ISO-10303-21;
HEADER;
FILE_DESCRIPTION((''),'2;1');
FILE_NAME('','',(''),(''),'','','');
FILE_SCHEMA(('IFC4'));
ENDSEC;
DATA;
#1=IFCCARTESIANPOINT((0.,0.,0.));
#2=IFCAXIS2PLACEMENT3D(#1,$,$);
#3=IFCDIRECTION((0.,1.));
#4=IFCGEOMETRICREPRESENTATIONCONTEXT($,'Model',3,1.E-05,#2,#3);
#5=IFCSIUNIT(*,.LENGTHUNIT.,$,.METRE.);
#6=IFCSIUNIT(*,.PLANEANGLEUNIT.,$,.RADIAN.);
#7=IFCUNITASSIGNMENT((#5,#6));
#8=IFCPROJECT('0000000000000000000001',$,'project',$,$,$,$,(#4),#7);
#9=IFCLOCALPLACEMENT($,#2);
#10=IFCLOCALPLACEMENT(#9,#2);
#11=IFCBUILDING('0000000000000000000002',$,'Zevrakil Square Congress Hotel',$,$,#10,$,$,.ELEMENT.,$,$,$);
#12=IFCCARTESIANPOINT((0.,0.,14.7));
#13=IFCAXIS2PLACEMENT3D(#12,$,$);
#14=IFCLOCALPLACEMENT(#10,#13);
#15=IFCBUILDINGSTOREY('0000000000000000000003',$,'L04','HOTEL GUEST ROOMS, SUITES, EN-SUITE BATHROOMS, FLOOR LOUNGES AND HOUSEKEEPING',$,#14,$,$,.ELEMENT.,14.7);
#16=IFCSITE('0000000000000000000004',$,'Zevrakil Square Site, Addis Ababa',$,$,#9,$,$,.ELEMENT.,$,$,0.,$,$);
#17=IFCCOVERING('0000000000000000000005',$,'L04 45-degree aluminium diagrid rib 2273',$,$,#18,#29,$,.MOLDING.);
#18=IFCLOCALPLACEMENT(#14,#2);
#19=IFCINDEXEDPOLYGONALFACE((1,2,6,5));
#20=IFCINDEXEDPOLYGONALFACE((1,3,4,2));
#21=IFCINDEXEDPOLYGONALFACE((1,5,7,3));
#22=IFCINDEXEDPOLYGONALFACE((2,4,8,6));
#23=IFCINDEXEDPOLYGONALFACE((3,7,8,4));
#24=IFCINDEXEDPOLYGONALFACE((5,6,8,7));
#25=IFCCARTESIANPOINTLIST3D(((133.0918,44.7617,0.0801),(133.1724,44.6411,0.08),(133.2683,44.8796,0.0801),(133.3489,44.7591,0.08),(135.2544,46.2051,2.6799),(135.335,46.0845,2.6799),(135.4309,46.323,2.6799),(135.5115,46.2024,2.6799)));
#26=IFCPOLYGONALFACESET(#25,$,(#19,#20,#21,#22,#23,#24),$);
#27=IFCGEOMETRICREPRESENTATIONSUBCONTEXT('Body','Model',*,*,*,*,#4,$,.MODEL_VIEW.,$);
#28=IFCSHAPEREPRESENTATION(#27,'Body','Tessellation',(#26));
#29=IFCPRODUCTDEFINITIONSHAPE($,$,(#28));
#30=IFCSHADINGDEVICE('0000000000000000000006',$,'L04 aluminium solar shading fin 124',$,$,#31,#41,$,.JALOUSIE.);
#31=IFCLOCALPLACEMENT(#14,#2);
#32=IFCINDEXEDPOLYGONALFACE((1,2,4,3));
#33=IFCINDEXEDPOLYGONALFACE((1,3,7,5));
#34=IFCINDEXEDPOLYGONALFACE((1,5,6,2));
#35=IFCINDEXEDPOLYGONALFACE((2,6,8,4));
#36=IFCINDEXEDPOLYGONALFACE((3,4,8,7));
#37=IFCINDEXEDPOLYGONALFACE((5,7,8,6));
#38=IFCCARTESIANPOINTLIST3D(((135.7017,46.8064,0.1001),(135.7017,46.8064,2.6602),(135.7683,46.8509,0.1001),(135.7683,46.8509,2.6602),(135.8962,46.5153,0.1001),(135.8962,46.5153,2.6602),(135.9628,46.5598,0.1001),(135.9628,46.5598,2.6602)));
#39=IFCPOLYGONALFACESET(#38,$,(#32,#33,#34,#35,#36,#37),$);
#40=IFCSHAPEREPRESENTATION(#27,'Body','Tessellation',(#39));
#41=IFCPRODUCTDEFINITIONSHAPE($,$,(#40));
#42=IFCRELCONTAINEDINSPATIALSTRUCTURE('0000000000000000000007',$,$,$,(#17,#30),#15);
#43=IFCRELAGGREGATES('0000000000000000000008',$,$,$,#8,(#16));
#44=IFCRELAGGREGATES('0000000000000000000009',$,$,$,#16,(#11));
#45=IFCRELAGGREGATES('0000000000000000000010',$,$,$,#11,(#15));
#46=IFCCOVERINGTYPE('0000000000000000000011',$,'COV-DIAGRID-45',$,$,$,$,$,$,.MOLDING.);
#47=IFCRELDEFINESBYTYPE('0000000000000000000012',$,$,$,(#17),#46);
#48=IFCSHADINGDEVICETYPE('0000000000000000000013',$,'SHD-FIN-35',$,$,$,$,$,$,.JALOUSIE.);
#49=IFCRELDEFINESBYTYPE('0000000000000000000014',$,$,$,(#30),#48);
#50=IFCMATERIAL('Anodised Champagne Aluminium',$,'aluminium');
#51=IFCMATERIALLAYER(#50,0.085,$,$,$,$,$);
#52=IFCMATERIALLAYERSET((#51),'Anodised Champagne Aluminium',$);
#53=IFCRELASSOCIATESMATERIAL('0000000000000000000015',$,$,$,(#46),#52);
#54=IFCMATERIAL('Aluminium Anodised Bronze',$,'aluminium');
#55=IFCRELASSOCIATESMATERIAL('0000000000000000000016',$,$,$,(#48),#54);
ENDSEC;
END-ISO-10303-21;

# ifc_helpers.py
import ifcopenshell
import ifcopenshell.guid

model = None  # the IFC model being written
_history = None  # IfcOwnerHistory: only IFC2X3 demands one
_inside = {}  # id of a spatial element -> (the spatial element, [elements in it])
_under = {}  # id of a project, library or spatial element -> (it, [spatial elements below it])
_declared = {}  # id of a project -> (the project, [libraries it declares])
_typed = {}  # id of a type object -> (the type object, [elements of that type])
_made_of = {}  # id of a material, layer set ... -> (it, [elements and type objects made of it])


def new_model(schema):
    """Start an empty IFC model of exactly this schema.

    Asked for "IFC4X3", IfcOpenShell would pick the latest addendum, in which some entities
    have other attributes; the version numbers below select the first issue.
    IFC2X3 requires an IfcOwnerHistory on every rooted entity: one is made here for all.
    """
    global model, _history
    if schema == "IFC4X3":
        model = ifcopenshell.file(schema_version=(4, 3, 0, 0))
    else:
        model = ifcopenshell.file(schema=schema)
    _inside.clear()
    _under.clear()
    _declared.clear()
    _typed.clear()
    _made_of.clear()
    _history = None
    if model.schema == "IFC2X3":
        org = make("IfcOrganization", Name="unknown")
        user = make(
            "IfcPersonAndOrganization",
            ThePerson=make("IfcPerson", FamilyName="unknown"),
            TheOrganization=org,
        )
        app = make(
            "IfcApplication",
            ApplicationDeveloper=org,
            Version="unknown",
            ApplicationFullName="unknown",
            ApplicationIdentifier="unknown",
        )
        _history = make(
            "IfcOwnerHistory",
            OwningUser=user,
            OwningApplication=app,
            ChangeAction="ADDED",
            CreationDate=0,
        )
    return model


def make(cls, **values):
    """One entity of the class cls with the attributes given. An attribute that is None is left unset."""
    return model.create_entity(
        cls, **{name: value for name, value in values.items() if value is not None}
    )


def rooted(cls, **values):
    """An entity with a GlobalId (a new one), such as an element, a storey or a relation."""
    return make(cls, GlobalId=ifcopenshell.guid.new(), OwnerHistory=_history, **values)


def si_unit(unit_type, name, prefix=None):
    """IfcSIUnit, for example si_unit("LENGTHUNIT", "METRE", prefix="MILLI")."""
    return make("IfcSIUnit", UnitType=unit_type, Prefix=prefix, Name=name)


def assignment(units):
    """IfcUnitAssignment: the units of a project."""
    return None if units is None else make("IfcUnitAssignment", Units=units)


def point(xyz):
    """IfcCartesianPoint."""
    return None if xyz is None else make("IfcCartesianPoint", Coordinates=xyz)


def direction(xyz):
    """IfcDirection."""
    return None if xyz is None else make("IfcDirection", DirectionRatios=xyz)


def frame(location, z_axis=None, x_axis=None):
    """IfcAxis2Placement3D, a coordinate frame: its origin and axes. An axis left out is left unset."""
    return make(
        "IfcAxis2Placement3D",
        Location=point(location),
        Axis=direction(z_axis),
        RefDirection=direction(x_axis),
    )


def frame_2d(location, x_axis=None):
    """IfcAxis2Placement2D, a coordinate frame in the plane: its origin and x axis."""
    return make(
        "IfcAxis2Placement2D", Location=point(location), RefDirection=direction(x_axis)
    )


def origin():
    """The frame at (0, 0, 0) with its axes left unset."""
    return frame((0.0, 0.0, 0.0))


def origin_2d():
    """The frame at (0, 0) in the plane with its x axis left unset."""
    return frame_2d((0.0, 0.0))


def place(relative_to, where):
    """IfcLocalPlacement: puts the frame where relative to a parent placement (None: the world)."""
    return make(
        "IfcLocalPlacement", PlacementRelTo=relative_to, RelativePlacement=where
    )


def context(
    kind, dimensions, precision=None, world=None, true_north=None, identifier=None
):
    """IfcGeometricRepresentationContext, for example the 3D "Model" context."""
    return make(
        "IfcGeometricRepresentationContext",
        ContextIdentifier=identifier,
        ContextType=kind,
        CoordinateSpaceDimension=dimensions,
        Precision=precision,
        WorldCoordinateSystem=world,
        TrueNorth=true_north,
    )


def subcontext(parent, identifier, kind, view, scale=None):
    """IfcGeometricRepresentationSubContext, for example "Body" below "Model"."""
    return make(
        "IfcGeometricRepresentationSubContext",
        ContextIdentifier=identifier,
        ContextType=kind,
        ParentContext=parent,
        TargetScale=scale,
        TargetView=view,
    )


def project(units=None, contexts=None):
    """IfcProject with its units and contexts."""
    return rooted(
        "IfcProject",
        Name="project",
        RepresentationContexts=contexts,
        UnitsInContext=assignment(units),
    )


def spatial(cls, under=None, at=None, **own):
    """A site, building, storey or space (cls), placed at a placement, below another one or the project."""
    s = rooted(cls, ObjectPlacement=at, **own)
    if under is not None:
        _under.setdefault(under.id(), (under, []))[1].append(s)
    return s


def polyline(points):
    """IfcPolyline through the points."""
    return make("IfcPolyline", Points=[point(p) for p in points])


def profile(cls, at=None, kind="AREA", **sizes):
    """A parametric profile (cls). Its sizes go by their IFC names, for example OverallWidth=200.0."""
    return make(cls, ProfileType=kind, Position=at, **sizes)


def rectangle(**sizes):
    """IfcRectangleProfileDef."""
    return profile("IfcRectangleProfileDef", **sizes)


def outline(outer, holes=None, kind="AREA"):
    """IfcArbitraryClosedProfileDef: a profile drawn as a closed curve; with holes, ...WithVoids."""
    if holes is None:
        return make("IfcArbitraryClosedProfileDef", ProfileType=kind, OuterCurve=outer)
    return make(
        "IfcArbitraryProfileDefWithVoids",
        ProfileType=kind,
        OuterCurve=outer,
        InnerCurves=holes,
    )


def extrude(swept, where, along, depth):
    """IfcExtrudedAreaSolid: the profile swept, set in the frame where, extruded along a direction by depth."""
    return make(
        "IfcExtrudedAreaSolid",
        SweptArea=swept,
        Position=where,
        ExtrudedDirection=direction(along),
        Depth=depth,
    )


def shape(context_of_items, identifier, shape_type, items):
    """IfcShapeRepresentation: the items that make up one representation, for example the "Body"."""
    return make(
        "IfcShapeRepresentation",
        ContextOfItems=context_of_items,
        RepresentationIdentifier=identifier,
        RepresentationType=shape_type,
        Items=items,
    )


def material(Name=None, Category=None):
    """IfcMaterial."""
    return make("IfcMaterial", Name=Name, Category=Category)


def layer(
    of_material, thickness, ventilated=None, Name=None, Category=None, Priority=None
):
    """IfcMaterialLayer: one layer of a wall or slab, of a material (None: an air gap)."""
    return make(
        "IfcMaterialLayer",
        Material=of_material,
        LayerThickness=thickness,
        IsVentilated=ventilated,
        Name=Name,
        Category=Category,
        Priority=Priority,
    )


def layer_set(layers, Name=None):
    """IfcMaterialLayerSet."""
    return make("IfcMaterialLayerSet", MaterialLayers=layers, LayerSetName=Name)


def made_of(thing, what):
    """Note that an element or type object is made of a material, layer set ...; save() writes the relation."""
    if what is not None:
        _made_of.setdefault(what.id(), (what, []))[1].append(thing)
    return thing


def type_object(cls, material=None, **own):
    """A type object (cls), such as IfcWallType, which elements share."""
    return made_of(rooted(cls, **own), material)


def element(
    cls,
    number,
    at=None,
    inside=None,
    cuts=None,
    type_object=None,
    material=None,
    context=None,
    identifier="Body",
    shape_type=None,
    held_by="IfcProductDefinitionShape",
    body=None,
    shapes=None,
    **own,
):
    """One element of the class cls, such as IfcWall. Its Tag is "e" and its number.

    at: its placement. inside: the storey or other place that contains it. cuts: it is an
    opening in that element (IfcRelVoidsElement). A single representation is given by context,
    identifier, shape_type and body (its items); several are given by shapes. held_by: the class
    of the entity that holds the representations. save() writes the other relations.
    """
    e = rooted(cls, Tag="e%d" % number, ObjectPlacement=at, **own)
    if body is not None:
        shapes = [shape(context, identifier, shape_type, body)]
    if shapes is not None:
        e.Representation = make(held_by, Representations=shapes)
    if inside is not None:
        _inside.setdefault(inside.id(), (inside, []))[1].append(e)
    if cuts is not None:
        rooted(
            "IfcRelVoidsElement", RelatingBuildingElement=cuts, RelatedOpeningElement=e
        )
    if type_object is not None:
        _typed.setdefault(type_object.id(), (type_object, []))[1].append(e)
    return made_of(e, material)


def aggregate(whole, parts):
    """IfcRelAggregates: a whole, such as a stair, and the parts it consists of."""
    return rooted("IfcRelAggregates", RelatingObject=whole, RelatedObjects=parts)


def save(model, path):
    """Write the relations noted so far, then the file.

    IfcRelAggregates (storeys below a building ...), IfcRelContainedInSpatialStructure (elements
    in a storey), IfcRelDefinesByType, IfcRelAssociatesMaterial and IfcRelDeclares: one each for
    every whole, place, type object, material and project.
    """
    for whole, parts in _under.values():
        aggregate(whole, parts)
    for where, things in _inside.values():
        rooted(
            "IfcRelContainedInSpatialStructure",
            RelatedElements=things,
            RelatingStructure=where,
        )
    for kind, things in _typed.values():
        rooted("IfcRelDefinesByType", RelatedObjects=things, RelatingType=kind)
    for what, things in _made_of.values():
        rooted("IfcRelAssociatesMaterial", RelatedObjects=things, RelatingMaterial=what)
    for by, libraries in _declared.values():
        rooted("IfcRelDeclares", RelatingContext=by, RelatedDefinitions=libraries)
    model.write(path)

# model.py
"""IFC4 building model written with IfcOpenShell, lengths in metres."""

from ifc_helpers import new_model, si_unit, direction, frame, origin, origin_2d, place, context, subcontext, project, spatial, polyline, rectangle, outline, extrude, material, layer, layer_set, type_object, element, save


model = new_model("IFC4")

# Units and contexts
model_context = context("Model", 3, precision=1e-05, world=origin(), true_north=direction((0.0, 1.0)))
body_context = subcontext(model_context, "Body", "Model", "MODEL_VIEW")
ifc_project = project(units=[si_unit("LENGTHUNIT", "METRE"), si_unit("PLANEANGLEUNIT", "RADIAN")], contexts=[model_context])

# Site, building, storey
site_placement = place(None, origin())
site = spatial("IfcSite", under=ifc_project, at=site_placement, Name="Zevrakil Square Site, Addis Ababa", CompositionType="ELEMENT", RefElevation=0.0)
building_placement = place(site_placement, origin())
building = spatial("IfcBuilding", under=site, at=building_placement, Name="Zevrakil Square Congress Hotel", CompositionType="ELEMENT")
storey_placement = place(building_placement, frame((0.0, 0.0, 14.7)))
storey = spatial("IfcBuildingStorey", under=building, at=storey_placement, Name="L04", Description="HOTEL GUEST ROOMS, SUITES, EN-SUITE BATHROOMS, FLOOR LOUNGES AND HOUSEKEEPING", CompositionType="ELEMENT", Elevation=14.7)

# Covering
ifc_material_1 = material(Name="Anodised Champagne Aluminium", Category="aluminium")
ifc_layer_1 = layer(ifc_material_1, 0.085)
ifc_layer_set_1 = layer_set([ifc_layer_1], Name="Anodised Champagne Aluminium")
covering_type_1 = type_object("IfcCoveringType", Name="COV-DIAGRID-45", PredefinedType="MOLDING", material=ifc_layer_set_1)
covering_1_placement = place(storey_placement, frame((135.4309, 46.323, 2.6799), z_axis=(-0.555496, 0.831519, 0.000436), x_axis=(-0.831519, -0.555496, 0.0)))
element("IfcCovering", 1, at=covering_1_placement, inside=storey, type_object=covering_type_1, Name="L04 45-degree aluminium diagrid rib 2273", PredefinedType="MOLDING", context=body_context, shape_type="SweptSolid", body=[
    extrude(outline(polyline([(0.0, 0.0), (0.2123, 0.0), (2.8123, -2.5999), (2.6, -2.5999), (0.0, 0.0)])), origin(), (0.0, 0.0, -1.0), 0.145),
])

# Shading device
ifc_material_2 = material(Name="Aluminium Anodised Bronze", Category="aluminium")
shading_device_type = type_object("IfcShadingDeviceType", Name="SHD-FIN-35", PredefinedType="JALOUSIE", material=ifc_material_2)
shading_device_placement = place(storey_placement, frame((135.8323, 46.6831, 0.1001), z_axis=(0.0, 0.0, 1.0), x_axis=(-0.55557, 0.83147, 0.0)))
element("IfcShadingDevice", 2, at=shading_device_placement, inside=storey, type_object=shading_device_type, Name="L04 aluminium solar shading fin 124", PredefinedType="JALOUSIE", context=body_context, shape_type="SweptSolid", body=[
    extrude(rectangle(XDim=0.3501, YDim=0.0801, at=origin_2d()), origin(), (0.0, 0.0, 1.0), 2.5601),
])

save(model, "model.ifc")
